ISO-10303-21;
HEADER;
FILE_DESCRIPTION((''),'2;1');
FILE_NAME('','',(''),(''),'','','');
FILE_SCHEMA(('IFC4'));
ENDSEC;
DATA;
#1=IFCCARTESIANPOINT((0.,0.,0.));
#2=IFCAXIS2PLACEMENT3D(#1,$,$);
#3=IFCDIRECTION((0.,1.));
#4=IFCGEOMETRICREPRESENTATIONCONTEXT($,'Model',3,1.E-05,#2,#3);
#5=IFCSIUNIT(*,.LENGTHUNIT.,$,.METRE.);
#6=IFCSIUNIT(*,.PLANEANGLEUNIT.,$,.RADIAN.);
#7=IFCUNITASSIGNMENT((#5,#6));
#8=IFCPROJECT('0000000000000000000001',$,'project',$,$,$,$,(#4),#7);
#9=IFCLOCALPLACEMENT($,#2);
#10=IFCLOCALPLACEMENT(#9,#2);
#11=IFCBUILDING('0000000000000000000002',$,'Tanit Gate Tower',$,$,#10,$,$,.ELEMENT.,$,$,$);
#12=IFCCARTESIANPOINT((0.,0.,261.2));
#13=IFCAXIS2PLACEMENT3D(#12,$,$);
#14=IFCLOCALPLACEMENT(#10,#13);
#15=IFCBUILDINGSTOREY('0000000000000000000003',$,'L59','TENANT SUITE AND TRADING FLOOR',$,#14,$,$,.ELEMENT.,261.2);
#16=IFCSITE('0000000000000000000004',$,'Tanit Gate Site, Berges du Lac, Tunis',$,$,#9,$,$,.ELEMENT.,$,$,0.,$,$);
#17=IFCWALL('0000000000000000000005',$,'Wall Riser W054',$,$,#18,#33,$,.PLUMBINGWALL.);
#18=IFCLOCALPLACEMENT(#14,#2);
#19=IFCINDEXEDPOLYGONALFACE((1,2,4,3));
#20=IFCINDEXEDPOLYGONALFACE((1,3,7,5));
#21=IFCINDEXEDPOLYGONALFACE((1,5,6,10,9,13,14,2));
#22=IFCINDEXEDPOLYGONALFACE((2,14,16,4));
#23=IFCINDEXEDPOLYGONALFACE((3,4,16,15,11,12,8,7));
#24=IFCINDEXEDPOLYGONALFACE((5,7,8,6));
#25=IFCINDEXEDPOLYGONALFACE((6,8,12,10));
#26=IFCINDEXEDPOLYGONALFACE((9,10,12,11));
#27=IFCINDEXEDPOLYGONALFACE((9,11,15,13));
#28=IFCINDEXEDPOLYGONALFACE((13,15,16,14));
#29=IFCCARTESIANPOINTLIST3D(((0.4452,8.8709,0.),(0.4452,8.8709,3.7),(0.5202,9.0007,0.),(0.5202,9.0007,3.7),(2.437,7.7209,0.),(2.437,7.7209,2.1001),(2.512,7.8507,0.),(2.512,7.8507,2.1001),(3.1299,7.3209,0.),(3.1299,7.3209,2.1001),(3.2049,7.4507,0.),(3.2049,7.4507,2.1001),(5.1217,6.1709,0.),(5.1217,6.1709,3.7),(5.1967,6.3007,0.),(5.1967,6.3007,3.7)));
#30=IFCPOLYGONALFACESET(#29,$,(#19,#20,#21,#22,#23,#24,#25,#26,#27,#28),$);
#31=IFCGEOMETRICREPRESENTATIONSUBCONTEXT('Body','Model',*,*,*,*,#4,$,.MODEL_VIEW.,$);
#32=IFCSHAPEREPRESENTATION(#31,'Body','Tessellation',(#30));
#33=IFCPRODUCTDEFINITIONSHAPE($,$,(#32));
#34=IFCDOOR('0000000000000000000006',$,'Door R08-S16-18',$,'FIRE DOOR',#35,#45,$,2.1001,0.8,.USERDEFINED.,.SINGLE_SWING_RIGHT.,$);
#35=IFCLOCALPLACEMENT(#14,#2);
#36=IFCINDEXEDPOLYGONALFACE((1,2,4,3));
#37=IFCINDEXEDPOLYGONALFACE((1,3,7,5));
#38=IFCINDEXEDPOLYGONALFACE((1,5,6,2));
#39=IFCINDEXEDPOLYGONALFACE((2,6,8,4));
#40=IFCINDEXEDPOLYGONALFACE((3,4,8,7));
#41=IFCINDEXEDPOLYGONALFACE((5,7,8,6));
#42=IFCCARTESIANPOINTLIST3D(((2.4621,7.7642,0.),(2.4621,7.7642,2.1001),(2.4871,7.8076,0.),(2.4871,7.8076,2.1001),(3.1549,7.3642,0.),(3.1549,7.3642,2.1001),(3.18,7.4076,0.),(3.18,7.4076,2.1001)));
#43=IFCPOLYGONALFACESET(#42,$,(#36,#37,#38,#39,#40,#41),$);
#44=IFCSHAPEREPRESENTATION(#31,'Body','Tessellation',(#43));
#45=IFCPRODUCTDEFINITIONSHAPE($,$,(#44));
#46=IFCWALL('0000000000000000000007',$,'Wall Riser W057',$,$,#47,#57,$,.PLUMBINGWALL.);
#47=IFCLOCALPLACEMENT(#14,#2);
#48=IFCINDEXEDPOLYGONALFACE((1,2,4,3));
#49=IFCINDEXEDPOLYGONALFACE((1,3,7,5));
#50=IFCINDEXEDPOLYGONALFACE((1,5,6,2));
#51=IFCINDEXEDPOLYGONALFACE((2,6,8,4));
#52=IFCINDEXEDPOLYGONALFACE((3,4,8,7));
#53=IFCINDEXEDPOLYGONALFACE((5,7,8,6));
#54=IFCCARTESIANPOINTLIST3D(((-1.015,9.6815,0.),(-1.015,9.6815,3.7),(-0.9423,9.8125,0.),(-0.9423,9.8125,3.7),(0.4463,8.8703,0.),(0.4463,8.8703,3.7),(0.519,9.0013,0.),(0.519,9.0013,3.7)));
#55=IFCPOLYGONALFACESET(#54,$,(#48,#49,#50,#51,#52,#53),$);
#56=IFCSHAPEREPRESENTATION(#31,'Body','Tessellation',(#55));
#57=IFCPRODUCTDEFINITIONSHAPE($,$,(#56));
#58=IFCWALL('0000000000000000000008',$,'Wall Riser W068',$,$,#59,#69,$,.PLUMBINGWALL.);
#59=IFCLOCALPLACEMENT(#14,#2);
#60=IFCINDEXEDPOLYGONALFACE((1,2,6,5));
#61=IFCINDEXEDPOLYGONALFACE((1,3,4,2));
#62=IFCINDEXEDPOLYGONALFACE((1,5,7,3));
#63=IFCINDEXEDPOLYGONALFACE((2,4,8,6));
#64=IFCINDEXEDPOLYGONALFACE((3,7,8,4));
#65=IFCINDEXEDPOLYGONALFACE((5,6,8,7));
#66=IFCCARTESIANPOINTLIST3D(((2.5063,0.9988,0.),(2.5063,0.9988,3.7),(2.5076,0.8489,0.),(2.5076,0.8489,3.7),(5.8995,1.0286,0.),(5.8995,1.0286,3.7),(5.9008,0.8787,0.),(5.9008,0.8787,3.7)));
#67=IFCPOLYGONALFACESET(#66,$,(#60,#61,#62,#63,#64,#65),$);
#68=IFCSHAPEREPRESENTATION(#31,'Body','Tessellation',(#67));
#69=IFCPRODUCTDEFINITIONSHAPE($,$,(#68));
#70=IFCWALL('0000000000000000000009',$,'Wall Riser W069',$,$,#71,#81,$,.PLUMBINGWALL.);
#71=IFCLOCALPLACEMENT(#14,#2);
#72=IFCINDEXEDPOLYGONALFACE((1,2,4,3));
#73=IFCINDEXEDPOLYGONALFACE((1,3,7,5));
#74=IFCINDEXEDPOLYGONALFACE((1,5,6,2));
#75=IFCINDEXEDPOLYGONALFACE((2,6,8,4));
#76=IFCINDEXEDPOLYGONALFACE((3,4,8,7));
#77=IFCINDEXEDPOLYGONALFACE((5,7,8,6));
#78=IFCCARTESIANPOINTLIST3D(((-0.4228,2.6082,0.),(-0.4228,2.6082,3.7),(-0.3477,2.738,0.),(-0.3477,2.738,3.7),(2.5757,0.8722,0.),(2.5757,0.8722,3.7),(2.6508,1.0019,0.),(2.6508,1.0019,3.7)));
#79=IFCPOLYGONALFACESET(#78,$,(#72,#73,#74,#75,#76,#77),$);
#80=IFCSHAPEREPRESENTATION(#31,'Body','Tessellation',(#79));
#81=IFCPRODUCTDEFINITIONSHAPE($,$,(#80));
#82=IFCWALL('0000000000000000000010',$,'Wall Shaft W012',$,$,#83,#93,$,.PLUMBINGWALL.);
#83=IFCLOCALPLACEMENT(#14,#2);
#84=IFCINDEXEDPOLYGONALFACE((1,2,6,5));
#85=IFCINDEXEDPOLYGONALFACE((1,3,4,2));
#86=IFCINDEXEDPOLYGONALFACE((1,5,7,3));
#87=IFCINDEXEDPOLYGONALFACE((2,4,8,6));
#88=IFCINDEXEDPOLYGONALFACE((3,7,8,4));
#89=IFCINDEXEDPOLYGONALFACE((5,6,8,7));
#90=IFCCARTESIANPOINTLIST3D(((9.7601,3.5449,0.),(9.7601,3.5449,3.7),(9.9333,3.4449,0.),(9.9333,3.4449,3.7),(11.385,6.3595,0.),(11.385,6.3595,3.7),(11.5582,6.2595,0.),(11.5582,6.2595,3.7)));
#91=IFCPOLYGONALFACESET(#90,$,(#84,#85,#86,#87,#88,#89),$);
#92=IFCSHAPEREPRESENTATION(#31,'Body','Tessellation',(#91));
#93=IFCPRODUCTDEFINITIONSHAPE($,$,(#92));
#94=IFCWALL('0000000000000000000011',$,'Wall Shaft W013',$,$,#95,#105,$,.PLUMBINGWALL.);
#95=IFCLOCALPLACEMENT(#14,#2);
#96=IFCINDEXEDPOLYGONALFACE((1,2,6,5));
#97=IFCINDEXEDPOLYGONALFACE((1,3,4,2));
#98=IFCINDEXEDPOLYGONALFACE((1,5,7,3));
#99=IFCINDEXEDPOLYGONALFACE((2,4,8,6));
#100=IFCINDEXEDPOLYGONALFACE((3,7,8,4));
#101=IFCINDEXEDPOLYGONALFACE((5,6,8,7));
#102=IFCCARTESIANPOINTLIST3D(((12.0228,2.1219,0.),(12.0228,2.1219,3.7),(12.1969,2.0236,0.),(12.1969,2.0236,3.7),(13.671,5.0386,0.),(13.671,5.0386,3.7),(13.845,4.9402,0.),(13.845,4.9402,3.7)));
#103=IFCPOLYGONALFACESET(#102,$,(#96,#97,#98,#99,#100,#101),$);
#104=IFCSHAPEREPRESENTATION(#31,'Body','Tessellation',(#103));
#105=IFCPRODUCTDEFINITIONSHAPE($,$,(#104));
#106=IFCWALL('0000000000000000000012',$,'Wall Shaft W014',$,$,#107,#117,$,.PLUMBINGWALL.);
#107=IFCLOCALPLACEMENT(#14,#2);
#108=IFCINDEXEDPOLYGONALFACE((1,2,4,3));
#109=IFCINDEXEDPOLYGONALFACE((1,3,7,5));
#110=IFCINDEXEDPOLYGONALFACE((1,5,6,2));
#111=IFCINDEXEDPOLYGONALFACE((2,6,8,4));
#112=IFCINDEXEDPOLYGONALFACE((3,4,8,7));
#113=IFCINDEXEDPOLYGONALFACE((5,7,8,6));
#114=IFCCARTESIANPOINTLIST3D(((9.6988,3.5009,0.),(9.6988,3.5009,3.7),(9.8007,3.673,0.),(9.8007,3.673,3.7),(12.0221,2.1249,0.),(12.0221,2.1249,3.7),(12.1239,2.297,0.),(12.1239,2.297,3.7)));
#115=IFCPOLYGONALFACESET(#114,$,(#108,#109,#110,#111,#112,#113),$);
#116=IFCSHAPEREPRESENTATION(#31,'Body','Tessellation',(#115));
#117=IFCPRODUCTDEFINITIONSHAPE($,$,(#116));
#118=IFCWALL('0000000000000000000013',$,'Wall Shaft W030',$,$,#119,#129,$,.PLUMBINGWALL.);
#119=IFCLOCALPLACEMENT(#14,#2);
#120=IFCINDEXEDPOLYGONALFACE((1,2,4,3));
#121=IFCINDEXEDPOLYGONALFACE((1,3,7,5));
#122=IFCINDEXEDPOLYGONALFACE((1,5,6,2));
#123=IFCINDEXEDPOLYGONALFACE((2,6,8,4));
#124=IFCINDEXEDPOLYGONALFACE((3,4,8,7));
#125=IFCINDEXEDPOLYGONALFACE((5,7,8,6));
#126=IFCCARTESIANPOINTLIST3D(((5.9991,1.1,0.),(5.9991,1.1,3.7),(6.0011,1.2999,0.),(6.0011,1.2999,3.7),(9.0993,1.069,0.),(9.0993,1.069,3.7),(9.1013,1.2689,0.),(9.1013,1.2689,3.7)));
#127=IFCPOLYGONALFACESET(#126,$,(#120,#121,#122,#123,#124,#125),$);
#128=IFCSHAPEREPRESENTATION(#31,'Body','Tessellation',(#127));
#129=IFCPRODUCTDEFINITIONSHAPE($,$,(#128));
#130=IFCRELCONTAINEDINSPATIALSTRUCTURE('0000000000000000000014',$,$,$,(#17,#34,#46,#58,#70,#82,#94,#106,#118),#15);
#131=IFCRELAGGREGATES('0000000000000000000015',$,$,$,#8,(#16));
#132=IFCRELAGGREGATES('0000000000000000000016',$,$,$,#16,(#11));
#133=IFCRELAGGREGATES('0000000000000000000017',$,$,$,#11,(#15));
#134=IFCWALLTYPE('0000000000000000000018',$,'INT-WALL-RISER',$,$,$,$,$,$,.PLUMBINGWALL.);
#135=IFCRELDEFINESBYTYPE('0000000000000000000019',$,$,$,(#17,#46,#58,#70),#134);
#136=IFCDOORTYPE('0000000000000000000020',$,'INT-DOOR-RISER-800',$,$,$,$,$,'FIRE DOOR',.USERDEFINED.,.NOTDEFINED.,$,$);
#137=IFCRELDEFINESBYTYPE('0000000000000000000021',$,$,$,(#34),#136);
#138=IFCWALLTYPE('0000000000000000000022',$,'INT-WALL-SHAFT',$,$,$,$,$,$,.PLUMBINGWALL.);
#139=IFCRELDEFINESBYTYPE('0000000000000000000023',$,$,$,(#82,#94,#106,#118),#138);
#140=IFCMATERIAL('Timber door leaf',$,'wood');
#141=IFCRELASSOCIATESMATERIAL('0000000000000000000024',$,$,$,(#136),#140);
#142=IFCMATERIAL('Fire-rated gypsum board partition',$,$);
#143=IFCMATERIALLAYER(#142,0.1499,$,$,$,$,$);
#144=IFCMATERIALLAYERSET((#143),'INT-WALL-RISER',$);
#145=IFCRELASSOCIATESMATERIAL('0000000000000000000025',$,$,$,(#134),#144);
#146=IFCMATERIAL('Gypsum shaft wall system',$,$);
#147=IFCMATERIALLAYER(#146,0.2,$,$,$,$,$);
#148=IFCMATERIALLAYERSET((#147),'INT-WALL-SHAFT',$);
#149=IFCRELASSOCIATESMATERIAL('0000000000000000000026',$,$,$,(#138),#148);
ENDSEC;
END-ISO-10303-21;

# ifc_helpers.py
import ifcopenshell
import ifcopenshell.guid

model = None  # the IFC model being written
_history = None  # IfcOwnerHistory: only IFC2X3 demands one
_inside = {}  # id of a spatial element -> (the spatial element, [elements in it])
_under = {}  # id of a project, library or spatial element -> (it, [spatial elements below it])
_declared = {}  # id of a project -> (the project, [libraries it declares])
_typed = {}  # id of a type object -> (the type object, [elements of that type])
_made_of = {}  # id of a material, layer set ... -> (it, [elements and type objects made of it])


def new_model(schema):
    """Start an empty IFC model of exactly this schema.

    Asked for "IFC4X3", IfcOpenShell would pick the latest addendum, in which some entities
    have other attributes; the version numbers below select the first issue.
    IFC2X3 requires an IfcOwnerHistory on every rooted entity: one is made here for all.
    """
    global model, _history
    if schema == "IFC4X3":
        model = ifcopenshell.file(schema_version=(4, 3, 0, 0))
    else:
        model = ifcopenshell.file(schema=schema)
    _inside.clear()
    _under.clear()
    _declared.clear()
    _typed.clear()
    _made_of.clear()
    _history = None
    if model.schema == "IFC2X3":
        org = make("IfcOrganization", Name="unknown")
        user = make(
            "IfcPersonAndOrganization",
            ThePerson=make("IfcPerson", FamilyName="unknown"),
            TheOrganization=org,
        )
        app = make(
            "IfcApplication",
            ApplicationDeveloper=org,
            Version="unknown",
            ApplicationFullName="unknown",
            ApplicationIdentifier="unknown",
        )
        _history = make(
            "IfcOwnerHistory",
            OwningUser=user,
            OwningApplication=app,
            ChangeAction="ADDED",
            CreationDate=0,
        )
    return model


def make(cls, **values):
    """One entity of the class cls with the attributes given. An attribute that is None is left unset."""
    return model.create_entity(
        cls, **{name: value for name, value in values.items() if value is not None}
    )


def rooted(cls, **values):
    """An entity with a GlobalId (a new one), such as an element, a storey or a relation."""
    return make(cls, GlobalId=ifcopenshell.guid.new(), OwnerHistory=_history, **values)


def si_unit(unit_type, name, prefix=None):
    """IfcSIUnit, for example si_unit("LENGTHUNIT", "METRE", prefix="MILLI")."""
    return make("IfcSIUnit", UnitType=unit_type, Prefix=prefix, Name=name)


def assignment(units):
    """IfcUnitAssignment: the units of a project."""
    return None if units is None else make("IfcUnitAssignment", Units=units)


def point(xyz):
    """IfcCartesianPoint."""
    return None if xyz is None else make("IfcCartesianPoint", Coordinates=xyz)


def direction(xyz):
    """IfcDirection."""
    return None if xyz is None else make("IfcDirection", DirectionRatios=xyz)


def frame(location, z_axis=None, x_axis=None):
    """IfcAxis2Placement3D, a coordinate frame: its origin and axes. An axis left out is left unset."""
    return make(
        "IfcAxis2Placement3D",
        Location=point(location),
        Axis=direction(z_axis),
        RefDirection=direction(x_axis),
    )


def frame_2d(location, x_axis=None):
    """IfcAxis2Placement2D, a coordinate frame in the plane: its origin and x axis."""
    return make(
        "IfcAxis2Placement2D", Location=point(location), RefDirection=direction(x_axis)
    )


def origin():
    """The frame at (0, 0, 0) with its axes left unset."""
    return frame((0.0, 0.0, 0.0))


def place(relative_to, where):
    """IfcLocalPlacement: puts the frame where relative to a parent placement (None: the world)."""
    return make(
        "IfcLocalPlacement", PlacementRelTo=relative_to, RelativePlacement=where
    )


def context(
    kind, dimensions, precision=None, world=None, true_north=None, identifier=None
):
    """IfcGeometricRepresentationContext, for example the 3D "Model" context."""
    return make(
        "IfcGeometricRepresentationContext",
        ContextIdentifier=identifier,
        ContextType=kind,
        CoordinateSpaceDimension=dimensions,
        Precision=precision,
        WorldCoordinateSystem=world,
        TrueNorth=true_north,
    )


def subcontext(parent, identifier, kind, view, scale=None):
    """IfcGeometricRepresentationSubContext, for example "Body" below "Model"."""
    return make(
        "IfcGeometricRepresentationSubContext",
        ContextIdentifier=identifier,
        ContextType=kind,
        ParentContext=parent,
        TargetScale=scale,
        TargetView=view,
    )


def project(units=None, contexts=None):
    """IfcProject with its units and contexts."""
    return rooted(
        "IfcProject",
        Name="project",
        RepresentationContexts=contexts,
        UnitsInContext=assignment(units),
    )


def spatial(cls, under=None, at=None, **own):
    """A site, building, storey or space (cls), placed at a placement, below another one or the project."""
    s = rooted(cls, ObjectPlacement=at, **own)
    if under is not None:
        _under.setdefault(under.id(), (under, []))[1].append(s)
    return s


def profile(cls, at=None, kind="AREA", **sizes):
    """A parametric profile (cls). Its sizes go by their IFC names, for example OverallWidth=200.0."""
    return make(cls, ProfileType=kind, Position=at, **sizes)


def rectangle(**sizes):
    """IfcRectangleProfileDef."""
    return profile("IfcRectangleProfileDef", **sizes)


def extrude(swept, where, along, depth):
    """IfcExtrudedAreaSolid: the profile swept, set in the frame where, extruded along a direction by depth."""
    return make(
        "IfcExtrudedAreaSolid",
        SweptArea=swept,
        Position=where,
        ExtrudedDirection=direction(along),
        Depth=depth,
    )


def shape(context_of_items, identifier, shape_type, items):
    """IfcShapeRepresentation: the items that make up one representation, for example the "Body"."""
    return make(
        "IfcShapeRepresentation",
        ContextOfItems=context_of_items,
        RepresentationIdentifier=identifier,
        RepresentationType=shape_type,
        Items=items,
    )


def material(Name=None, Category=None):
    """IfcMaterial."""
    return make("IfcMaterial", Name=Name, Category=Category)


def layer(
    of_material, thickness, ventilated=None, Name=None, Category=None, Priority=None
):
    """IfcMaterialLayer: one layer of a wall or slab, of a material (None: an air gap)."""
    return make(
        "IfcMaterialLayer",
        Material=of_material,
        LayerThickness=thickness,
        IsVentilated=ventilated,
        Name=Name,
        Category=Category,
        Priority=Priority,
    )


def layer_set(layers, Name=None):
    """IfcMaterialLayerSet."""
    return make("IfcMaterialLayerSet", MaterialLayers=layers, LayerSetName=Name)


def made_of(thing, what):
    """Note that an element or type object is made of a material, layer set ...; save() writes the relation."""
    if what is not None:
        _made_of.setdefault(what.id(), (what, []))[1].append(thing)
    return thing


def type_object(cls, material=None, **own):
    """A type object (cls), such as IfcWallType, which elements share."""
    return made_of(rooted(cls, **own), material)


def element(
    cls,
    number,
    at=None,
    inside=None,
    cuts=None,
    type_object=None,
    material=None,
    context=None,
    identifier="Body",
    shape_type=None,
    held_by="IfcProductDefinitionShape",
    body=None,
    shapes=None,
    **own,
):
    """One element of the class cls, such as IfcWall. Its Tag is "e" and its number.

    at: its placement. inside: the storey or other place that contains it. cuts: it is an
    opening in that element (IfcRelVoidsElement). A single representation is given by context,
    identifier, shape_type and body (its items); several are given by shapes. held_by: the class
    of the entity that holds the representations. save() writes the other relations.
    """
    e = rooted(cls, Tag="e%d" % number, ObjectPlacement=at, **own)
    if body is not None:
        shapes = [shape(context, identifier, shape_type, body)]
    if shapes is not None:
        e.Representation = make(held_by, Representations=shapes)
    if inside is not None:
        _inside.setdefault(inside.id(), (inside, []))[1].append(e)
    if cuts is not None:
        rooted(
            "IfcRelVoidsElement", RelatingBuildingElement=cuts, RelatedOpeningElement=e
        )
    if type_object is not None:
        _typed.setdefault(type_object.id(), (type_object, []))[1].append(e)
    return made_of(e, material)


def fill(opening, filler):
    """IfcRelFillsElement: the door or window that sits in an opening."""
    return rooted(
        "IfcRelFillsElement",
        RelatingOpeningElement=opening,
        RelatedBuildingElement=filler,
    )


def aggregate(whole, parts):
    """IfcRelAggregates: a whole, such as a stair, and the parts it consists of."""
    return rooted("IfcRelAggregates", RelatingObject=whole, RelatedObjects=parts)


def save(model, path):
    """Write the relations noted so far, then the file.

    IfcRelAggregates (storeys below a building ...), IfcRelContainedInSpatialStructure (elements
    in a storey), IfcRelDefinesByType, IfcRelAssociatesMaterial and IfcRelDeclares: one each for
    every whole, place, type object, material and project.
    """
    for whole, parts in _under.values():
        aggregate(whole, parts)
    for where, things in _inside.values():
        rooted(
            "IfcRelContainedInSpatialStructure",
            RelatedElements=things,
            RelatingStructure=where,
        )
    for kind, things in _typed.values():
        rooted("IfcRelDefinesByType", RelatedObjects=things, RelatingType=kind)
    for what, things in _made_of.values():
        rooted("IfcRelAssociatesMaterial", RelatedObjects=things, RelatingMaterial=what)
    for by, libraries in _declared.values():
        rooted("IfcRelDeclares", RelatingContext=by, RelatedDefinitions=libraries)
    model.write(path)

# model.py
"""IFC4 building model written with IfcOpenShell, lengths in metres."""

from ifc_helpers import new_model, si_unit, direction, frame, frame_2d, origin, place, context, subcontext, project, spatial, rectangle, extrude, material, layer, layer_set, type_object, element, fill, save


model = new_model("IFC4")

# Units and contexts
model_context = context("Model", 3, precision=1e-05, world=origin(), true_north=direction((0.0, 1.0)))
body_context = subcontext(model_context, "Body", "Model", "MODEL_VIEW")
ifc_project = project(units=[si_unit("LENGTHUNIT", "METRE"), si_unit("PLANEANGLEUNIT", "RADIAN")], contexts=[model_context])

# Site, building, storey
site_placement = place(None, origin())
site = spatial("IfcSite", under=ifc_project, at=site_placement, Name="Tanit Gate Site, Berges du Lac, Tunis", CompositionType="ELEMENT", RefElevation=0.0)
building_placement = place(site_placement, origin())
building = spatial("IfcBuilding", under=site, at=building_placement, Name="Tanit Gate Tower", CompositionType="ELEMENT")
storey_placement = place(building_placement, frame((0.0, 0.0, 261.2)))
storey = spatial("IfcBuildingStorey", under=building, at=storey_placement, Name="L59", Description="TENANT SUITE AND TRADING FLOOR", CompositionType="ELEMENT", Elevation=261.2)

# Shared definitions
ifc_material_1 = material(Name="Timber door leaf", Category="wood")
door_type_1 = type_object("IfcDoorType", Name="INT-DOOR-RISER-800", ElementType="FIRE DOOR", OperationType="NOTDEFINED", PredefinedType="USERDEFINED", material=ifc_material_1)

# Shared definitions
ifc_material_2 = material(Name="Fire-rated gypsum board partition")
ifc_layer_1 = layer(ifc_material_2, 0.1499)
ifc_layer_set_1 = layer_set([ifc_layer_1], Name="INT-WALL-RISER")
wall_type_1 = type_object("IfcWallType", Name="INT-WALL-RISER", PredefinedType="PLUMBINGWALL", material=ifc_layer_set_1)

# Wall, opening, door
wall_1_placement = place(storey_placement, frame((5.1592, 6.2358, 0.0), z_axis=(0.0, 0.0, 1.0), x_axis=(-0.866028, 0.499995, 0.0)))
wall_1 = element("IfcWall", 1, at=wall_1_placement, inside=storey, type_object=wall_type_1, Name="Wall Riser W054", PredefinedType="PLUMBINGWALL", context=body_context, shape_type="SweptSolid", body=[
    extrude(rectangle(XDim=5.3999, YDim=0.1499, at=frame_2d((2.7, 0.0))), origin(), (0.0, 0.0, 1.0), 3.7),
])
opening_1_placement = place(wall_1_placement, frame((2.3, 0.0, 0.0)))
opening_1 = element("IfcOpeningElement", 2, at=opening_1_placement, cuts=wall_1, PredefinedType="OPENING", context=body_context, shape_type="SweptSolid", body=[
    extrude(rectangle(XDim=0.8, YDim=2.1001, at=frame_2d((0.3999, 1.05))), frame((0.0, 0.085, 0.0), z_axis=(0.0, -1.0, 0.0), x_axis=(1.0, 0.0, 0.0)), (0.0, 0.0, 1.0), 0.1699),
])
door_1_placement = place(opening_1_placement, origin())
door_1 = element("IfcDoor", 3, at=door_1_placement, inside=storey, type_object=door_type_1, Name="Door R08-S16-18", ObjectType="FIRE DOOR", OperationType="SINGLE_SWING_RIGHT", OverallHeight=2.1001, OverallWidth=0.8, PredefinedType="USERDEFINED", context=body_context, shape_type="SweptSolid", body=[
    extrude(rectangle(XDim=0.8, YDim=2.1001, at=frame_2d((0.3999, 1.05))), frame((0.0, 0.0249, 0.0), z_axis=(0.0, -1.0, 0.0), x_axis=(1.0, 0.0, 0.0)), (0.0, 0.0, 1.0), 0.05),
])
fill(opening_1, door_1)

# Walls
wall_2_placement = place(storey_placement, frame((0.4827, 8.9358, 0.0), z_axis=(0.0, 0.0, 1.0), x_axis=(-0.874316, 0.485358, 0.0)))
element("IfcWall", 4, at=wall_2_placement, inside=storey, type_object=wall_type_1, Name="Wall Riser W057", PredefinedType="PLUMBINGWALL", context=body_context, shape_type="SweptSolid", body=[
    extrude(rectangle(XDim=1.6714, YDim=0.1499, at=frame_2d((0.8357, 0.0))), origin(), (0.0, 0.0, 1.0), 3.7),
])
wall_3_placement = place(storey_placement, frame((2.5068, 0.9238, 0.0), z_axis=(0.0, 0.0, 1.0), x_axis=(0.999961, 0.008778, 0.0)))
element("IfcWall", 5, at=wall_3_placement, inside=storey, type_object=wall_type_1, Name="Wall Riser W068", PredefinedType="PLUMBINGWALL", context=body_context, shape_type="SweptSolid", body=[
    extrude(rectangle(XDim=3.3933, YDim=0.1499, at=frame_2d((1.6968, 0.0))), origin(), (0.0, 0.0, 1.0), 3.7),
])
wall_4_placement = place(storey_placement, frame((-0.3853, 2.6731, 0.0), z_axis=(0.0, 0.0, 1.0), x_axis=(0.865415, -0.501056, 0.0)))
element("IfcWall", 6, at=wall_4_placement, inside=storey, type_object=wall_type_1, Name="Wall Riser W069", PredefinedType="PLUMBINGWALL", context=body_context, shape_type="SweptSolid", body=[
    extrude(rectangle(XDim=3.4648, YDim=0.1499, at=frame_2d((1.7324, 0.0))), origin(), (0.0, 0.0, 1.0), 3.7),
])
ifc_material_3 = material(Name="Gypsum shaft wall system")
ifc_layer_2 = layer(ifc_material_3, 0.2)
ifc_layer_set_2 = layer_set([ifc_layer_2], Name="INT-WALL-SHAFT")
wall_type_2 = type_object("IfcWallType", Name="INT-WALL-SHAFT", PredefinedType="PLUMBINGWALL", material=ifc_layer_set_2)
wall_5_placement = place(storey_placement, frame((9.8467, 3.4949, 0.0), z_axis=(0.0, 0.0, 1.0), x_axis=(0.499985, 0.866034, 0.0)))
element("IfcWall", 7, at=wall_5_placement, inside=storey, type_object=wall_type_2, Name="Wall Shaft W012", PredefinedType="PLUMBINGWALL", context=body_context, shape_type="SweptSolid", body=[
    extrude(rectangle(XDim=3.25, YDim=0.2, at=frame_2d((1.625, 0.0))), origin(), (0.0, 0.0, 1.0), 3.7),
])
wall_6_placement = place(storey_placement, frame((12.1099, 2.0728, 0.0), z_axis=(0.0, 0.0, 1.0), x_axis=(0.491966, 0.870614, 0.0)))
element("IfcWall", 8, at=wall_6_placement, inside=storey, type_object=wall_type_2, Name="Wall Shaft W013", PredefinedType="PLUMBINGWALL", context=body_context, shape_type="SweptSolid", body=[
    extrude(rectangle(XDim=3.3501, YDim=0.2, at=frame_2d((1.675, 0.0))), origin(), (0.0, 0.0, 1.0), 3.7),
])
wall_7_placement = place(storey_placement, frame((12.073, 2.2109, 0.0), z_axis=(0.0, 0.0, 1.0), x_axis=(-0.860415, 0.509594, 0.0)))
element("IfcWall", 9, at=wall_7_placement, inside=storey, type_object=wall_type_2, Name="Wall Shaft W014", PredefinedType="PLUMBINGWALL", context=body_context, shape_type="SweptSolid", body=[
    extrude(rectangle(XDim=2.7002, YDim=0.2, at=frame_2d((1.3501, 0.0))), origin(), (0.0, 0.0, 1.0), 3.7),
])

# Wall
wall_8_placement = place(storey_placement, frame((6.0, 1.2, 0.0), z_axis=(0.0, 0.0, 1.0), x_axis=(0.99995, -0.010001, 0.0)))
element("IfcWall", 10, at=wall_8_placement, inside=storey, type_object=wall_type_2, Name="Wall Shaft W030", PredefinedType="PLUMBINGWALL", context=body_context, shape_type="SweptSolid", body=[
    extrude(rectangle(XDim=3.1003, YDim=0.2, at=frame_2d((1.5503, 0.0))), origin(), (0.0, 0.0, 1.0), 3.7),
])

save(model, "model.ifc")
